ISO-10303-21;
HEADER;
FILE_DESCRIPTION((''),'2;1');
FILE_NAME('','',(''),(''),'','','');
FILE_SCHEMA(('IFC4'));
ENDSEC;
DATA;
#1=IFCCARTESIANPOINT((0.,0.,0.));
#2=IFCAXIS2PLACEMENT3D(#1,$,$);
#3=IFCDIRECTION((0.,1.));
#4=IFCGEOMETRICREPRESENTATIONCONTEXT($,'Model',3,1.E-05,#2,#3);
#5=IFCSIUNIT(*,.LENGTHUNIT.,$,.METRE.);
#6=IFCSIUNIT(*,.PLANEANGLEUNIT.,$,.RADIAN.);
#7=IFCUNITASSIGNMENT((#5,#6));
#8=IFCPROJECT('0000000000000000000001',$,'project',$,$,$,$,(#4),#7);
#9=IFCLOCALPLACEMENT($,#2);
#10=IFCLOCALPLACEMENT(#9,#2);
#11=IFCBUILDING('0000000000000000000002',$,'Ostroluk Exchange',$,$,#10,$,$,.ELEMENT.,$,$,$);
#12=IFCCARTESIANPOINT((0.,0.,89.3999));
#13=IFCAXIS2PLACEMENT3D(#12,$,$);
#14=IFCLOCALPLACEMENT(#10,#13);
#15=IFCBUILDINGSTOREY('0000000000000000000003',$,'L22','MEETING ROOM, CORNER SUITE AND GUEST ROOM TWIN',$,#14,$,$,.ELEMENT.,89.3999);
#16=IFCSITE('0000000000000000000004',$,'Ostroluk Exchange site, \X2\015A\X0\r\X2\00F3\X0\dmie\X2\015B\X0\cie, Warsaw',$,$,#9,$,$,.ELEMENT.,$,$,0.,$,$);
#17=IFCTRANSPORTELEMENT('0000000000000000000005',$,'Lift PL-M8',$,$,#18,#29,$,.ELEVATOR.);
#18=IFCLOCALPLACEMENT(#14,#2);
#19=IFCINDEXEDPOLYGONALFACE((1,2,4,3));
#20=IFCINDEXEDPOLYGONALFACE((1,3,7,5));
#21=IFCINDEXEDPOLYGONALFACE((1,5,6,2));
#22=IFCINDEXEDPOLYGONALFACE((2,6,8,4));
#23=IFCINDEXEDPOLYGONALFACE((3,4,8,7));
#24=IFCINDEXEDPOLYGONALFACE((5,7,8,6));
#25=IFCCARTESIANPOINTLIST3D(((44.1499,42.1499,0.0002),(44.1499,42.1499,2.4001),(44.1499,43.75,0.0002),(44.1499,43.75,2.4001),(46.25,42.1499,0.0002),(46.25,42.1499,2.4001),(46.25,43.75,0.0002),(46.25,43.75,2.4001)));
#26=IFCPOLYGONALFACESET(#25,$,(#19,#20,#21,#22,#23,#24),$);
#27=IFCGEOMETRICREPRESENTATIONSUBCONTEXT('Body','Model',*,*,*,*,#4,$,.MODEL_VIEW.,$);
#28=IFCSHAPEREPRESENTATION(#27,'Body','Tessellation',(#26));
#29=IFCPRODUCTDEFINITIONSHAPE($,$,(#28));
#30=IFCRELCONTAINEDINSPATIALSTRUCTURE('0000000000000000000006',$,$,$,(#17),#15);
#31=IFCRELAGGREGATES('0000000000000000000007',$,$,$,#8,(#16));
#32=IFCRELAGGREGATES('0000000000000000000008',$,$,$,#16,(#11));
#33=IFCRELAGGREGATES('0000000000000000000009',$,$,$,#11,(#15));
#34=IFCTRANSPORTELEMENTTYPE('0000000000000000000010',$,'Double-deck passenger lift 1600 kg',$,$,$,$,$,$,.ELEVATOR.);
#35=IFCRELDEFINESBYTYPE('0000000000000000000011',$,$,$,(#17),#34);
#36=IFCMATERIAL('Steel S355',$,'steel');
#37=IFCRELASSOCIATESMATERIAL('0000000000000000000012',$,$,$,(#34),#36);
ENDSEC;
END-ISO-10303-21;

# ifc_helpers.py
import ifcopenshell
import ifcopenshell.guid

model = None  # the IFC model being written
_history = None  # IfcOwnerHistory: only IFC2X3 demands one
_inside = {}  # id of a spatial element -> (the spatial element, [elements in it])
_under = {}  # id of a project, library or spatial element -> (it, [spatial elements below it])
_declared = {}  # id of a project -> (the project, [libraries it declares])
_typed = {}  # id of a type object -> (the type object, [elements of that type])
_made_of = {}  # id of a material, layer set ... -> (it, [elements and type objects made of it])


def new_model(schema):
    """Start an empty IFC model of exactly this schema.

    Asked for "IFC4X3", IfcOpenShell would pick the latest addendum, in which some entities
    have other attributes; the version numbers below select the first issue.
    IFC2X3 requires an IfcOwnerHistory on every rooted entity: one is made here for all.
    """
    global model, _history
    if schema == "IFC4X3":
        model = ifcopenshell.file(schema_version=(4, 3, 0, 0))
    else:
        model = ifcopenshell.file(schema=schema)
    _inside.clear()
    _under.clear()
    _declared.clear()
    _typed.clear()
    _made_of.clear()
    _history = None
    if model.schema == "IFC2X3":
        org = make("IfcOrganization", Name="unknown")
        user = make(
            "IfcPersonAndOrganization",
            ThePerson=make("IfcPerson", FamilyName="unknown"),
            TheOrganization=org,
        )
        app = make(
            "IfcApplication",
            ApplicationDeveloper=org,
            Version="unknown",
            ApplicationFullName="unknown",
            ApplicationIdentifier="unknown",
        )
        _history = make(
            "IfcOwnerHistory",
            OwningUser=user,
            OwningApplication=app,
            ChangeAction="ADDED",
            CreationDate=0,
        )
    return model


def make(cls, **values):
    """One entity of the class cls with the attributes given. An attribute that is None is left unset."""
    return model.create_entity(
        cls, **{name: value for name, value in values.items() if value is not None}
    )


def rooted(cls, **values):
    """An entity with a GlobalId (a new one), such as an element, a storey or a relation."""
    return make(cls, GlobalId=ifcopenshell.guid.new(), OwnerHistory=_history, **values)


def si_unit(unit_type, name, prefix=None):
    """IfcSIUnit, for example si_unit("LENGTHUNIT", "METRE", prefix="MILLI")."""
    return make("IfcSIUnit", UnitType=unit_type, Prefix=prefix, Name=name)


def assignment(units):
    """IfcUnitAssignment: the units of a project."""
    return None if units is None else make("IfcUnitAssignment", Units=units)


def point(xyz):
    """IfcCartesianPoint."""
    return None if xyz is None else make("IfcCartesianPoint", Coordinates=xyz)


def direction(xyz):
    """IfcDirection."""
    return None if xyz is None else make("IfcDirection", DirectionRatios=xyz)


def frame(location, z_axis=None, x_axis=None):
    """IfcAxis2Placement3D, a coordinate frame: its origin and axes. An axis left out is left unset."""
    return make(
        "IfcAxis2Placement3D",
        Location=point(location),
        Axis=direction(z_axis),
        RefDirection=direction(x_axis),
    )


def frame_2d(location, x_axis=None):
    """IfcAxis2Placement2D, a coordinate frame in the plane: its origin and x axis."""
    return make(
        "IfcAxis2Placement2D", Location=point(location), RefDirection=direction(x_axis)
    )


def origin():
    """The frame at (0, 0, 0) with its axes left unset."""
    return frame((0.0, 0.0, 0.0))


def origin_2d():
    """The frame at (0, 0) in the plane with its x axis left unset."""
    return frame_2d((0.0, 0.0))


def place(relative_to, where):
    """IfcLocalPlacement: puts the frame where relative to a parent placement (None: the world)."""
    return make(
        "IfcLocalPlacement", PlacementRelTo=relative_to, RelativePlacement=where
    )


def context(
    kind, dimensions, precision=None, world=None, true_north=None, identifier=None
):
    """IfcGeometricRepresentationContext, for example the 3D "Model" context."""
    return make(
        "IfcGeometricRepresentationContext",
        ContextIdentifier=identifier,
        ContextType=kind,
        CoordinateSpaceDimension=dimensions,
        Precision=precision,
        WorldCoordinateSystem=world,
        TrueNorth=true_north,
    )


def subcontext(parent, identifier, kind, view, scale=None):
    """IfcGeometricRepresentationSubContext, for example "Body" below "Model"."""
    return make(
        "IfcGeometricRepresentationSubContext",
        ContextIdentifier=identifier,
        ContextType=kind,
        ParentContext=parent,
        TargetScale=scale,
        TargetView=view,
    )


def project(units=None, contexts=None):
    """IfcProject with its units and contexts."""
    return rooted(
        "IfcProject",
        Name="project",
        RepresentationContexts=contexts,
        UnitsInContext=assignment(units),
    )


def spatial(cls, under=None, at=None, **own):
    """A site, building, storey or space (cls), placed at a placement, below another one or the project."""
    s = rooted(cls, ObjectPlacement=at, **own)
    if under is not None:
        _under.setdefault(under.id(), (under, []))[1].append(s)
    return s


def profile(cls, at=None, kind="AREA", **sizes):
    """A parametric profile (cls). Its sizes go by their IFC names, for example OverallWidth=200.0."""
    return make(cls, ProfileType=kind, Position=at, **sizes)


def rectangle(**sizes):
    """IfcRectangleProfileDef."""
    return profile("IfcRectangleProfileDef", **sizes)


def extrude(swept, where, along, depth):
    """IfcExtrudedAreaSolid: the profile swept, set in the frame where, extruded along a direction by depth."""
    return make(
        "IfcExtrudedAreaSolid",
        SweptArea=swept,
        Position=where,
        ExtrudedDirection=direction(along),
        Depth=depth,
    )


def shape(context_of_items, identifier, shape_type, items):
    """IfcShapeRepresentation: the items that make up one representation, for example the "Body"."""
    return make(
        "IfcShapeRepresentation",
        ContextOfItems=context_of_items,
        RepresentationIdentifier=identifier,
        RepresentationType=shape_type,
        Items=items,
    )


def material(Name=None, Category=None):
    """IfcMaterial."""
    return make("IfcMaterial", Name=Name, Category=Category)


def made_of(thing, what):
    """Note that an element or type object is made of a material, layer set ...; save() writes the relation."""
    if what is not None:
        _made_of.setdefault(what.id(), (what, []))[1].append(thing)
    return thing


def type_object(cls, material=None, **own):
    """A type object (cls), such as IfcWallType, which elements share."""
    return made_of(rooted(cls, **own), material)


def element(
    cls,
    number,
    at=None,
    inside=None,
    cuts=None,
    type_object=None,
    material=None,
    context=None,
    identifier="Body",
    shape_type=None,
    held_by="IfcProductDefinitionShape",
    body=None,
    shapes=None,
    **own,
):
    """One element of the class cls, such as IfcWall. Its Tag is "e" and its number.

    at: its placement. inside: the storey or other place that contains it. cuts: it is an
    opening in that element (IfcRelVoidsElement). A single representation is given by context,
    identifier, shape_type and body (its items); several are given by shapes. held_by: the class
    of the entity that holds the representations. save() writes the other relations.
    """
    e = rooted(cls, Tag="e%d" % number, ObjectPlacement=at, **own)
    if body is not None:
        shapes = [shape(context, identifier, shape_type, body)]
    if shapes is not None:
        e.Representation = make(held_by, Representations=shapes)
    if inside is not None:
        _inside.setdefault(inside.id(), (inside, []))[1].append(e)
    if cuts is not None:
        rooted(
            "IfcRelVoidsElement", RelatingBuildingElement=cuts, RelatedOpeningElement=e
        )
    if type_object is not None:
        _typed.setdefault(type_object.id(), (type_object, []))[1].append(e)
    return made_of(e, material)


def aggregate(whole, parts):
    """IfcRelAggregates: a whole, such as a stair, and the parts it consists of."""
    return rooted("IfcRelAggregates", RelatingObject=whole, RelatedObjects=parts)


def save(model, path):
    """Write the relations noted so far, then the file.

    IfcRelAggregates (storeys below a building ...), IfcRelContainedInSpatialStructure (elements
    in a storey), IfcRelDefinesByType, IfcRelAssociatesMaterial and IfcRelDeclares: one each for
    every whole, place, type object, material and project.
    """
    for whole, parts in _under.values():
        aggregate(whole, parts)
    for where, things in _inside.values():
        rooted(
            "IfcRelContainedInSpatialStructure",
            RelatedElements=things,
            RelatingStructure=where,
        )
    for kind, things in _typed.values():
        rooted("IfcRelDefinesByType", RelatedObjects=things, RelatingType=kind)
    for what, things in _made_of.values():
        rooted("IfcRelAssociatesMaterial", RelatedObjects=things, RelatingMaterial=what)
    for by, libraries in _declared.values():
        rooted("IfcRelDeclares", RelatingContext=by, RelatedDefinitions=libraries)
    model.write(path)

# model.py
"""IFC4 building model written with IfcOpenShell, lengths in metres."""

from ifc_helpers import new_model, si_unit, direction, frame, origin, origin_2d, place, context, subcontext, project, spatial, rectangle, extrude, material, type_object, element, save


model = new_model("IFC4")

# Units and contexts
model_context = context("Model", 3, precision=1e-05, world=origin(), true_north=direction((0.0, 1.0)))
body_context = subcontext(model_context, "Body", "Model", "MODEL_VIEW")
ifc_project = project(units=[si_unit("LENGTHUNIT", "METRE"), si_unit("PLANEANGLEUNIT", "RADIAN")], contexts=[model_context])

# Site, building, storey
site_placement = place(None, origin())
site = spatial("IfcSite", under=ifc_project, at=site_placement, Name="Ostroluk Exchange site, Śródmieście, Warsaw", CompositionType="ELEMENT", RefElevation=0.0)
building_placement = place(site_placement, origin())
building = spatial("IfcBuilding", under=site, at=building_placement, Name="Ostroluk Exchange", CompositionType="ELEMENT")
storey_placement = place(building_placement, frame((0.0, 0.0, 89.3999)))
storey = spatial("IfcBuildingStorey", under=building, at=storey_placement, Name="L22", Description="MEETING ROOM, CORNER SUITE AND GUEST ROOM TWIN", CompositionType="ELEMENT", Elevation=89.3999)

# Transport element
ifc_material_1 = material(Name="Steel S355", Category="steel")
transport_element_type = type_object("IfcTransportElementType", Name="Double-deck passenger lift 1600 kg", PredefinedType="ELEVATOR", material=ifc_material_1)
for number, where, z_axis, x_axis, name in (
    (1, (45.2, 42.95, 0.0002), (0.0, 0.0, 1.0), (1.0, 0.0, 0.0), "Lift PL-M8"),
):
    element("IfcTransportElement", number, at=place(storey_placement, frame(where, z_axis=z_axis, x_axis=x_axis)), inside=storey, type_object=transport_element_type, Name=name, PredefinedType="ELEVATOR", context=body_context, shape_type="SweptSolid", body=[
        extrude(rectangle(XDim=2.1001, YDim=1.6001, at=origin_2d()), origin(), (0.0, 0.0, 1.0), 2.3999),
    ])

save(model, "model.ifc")
